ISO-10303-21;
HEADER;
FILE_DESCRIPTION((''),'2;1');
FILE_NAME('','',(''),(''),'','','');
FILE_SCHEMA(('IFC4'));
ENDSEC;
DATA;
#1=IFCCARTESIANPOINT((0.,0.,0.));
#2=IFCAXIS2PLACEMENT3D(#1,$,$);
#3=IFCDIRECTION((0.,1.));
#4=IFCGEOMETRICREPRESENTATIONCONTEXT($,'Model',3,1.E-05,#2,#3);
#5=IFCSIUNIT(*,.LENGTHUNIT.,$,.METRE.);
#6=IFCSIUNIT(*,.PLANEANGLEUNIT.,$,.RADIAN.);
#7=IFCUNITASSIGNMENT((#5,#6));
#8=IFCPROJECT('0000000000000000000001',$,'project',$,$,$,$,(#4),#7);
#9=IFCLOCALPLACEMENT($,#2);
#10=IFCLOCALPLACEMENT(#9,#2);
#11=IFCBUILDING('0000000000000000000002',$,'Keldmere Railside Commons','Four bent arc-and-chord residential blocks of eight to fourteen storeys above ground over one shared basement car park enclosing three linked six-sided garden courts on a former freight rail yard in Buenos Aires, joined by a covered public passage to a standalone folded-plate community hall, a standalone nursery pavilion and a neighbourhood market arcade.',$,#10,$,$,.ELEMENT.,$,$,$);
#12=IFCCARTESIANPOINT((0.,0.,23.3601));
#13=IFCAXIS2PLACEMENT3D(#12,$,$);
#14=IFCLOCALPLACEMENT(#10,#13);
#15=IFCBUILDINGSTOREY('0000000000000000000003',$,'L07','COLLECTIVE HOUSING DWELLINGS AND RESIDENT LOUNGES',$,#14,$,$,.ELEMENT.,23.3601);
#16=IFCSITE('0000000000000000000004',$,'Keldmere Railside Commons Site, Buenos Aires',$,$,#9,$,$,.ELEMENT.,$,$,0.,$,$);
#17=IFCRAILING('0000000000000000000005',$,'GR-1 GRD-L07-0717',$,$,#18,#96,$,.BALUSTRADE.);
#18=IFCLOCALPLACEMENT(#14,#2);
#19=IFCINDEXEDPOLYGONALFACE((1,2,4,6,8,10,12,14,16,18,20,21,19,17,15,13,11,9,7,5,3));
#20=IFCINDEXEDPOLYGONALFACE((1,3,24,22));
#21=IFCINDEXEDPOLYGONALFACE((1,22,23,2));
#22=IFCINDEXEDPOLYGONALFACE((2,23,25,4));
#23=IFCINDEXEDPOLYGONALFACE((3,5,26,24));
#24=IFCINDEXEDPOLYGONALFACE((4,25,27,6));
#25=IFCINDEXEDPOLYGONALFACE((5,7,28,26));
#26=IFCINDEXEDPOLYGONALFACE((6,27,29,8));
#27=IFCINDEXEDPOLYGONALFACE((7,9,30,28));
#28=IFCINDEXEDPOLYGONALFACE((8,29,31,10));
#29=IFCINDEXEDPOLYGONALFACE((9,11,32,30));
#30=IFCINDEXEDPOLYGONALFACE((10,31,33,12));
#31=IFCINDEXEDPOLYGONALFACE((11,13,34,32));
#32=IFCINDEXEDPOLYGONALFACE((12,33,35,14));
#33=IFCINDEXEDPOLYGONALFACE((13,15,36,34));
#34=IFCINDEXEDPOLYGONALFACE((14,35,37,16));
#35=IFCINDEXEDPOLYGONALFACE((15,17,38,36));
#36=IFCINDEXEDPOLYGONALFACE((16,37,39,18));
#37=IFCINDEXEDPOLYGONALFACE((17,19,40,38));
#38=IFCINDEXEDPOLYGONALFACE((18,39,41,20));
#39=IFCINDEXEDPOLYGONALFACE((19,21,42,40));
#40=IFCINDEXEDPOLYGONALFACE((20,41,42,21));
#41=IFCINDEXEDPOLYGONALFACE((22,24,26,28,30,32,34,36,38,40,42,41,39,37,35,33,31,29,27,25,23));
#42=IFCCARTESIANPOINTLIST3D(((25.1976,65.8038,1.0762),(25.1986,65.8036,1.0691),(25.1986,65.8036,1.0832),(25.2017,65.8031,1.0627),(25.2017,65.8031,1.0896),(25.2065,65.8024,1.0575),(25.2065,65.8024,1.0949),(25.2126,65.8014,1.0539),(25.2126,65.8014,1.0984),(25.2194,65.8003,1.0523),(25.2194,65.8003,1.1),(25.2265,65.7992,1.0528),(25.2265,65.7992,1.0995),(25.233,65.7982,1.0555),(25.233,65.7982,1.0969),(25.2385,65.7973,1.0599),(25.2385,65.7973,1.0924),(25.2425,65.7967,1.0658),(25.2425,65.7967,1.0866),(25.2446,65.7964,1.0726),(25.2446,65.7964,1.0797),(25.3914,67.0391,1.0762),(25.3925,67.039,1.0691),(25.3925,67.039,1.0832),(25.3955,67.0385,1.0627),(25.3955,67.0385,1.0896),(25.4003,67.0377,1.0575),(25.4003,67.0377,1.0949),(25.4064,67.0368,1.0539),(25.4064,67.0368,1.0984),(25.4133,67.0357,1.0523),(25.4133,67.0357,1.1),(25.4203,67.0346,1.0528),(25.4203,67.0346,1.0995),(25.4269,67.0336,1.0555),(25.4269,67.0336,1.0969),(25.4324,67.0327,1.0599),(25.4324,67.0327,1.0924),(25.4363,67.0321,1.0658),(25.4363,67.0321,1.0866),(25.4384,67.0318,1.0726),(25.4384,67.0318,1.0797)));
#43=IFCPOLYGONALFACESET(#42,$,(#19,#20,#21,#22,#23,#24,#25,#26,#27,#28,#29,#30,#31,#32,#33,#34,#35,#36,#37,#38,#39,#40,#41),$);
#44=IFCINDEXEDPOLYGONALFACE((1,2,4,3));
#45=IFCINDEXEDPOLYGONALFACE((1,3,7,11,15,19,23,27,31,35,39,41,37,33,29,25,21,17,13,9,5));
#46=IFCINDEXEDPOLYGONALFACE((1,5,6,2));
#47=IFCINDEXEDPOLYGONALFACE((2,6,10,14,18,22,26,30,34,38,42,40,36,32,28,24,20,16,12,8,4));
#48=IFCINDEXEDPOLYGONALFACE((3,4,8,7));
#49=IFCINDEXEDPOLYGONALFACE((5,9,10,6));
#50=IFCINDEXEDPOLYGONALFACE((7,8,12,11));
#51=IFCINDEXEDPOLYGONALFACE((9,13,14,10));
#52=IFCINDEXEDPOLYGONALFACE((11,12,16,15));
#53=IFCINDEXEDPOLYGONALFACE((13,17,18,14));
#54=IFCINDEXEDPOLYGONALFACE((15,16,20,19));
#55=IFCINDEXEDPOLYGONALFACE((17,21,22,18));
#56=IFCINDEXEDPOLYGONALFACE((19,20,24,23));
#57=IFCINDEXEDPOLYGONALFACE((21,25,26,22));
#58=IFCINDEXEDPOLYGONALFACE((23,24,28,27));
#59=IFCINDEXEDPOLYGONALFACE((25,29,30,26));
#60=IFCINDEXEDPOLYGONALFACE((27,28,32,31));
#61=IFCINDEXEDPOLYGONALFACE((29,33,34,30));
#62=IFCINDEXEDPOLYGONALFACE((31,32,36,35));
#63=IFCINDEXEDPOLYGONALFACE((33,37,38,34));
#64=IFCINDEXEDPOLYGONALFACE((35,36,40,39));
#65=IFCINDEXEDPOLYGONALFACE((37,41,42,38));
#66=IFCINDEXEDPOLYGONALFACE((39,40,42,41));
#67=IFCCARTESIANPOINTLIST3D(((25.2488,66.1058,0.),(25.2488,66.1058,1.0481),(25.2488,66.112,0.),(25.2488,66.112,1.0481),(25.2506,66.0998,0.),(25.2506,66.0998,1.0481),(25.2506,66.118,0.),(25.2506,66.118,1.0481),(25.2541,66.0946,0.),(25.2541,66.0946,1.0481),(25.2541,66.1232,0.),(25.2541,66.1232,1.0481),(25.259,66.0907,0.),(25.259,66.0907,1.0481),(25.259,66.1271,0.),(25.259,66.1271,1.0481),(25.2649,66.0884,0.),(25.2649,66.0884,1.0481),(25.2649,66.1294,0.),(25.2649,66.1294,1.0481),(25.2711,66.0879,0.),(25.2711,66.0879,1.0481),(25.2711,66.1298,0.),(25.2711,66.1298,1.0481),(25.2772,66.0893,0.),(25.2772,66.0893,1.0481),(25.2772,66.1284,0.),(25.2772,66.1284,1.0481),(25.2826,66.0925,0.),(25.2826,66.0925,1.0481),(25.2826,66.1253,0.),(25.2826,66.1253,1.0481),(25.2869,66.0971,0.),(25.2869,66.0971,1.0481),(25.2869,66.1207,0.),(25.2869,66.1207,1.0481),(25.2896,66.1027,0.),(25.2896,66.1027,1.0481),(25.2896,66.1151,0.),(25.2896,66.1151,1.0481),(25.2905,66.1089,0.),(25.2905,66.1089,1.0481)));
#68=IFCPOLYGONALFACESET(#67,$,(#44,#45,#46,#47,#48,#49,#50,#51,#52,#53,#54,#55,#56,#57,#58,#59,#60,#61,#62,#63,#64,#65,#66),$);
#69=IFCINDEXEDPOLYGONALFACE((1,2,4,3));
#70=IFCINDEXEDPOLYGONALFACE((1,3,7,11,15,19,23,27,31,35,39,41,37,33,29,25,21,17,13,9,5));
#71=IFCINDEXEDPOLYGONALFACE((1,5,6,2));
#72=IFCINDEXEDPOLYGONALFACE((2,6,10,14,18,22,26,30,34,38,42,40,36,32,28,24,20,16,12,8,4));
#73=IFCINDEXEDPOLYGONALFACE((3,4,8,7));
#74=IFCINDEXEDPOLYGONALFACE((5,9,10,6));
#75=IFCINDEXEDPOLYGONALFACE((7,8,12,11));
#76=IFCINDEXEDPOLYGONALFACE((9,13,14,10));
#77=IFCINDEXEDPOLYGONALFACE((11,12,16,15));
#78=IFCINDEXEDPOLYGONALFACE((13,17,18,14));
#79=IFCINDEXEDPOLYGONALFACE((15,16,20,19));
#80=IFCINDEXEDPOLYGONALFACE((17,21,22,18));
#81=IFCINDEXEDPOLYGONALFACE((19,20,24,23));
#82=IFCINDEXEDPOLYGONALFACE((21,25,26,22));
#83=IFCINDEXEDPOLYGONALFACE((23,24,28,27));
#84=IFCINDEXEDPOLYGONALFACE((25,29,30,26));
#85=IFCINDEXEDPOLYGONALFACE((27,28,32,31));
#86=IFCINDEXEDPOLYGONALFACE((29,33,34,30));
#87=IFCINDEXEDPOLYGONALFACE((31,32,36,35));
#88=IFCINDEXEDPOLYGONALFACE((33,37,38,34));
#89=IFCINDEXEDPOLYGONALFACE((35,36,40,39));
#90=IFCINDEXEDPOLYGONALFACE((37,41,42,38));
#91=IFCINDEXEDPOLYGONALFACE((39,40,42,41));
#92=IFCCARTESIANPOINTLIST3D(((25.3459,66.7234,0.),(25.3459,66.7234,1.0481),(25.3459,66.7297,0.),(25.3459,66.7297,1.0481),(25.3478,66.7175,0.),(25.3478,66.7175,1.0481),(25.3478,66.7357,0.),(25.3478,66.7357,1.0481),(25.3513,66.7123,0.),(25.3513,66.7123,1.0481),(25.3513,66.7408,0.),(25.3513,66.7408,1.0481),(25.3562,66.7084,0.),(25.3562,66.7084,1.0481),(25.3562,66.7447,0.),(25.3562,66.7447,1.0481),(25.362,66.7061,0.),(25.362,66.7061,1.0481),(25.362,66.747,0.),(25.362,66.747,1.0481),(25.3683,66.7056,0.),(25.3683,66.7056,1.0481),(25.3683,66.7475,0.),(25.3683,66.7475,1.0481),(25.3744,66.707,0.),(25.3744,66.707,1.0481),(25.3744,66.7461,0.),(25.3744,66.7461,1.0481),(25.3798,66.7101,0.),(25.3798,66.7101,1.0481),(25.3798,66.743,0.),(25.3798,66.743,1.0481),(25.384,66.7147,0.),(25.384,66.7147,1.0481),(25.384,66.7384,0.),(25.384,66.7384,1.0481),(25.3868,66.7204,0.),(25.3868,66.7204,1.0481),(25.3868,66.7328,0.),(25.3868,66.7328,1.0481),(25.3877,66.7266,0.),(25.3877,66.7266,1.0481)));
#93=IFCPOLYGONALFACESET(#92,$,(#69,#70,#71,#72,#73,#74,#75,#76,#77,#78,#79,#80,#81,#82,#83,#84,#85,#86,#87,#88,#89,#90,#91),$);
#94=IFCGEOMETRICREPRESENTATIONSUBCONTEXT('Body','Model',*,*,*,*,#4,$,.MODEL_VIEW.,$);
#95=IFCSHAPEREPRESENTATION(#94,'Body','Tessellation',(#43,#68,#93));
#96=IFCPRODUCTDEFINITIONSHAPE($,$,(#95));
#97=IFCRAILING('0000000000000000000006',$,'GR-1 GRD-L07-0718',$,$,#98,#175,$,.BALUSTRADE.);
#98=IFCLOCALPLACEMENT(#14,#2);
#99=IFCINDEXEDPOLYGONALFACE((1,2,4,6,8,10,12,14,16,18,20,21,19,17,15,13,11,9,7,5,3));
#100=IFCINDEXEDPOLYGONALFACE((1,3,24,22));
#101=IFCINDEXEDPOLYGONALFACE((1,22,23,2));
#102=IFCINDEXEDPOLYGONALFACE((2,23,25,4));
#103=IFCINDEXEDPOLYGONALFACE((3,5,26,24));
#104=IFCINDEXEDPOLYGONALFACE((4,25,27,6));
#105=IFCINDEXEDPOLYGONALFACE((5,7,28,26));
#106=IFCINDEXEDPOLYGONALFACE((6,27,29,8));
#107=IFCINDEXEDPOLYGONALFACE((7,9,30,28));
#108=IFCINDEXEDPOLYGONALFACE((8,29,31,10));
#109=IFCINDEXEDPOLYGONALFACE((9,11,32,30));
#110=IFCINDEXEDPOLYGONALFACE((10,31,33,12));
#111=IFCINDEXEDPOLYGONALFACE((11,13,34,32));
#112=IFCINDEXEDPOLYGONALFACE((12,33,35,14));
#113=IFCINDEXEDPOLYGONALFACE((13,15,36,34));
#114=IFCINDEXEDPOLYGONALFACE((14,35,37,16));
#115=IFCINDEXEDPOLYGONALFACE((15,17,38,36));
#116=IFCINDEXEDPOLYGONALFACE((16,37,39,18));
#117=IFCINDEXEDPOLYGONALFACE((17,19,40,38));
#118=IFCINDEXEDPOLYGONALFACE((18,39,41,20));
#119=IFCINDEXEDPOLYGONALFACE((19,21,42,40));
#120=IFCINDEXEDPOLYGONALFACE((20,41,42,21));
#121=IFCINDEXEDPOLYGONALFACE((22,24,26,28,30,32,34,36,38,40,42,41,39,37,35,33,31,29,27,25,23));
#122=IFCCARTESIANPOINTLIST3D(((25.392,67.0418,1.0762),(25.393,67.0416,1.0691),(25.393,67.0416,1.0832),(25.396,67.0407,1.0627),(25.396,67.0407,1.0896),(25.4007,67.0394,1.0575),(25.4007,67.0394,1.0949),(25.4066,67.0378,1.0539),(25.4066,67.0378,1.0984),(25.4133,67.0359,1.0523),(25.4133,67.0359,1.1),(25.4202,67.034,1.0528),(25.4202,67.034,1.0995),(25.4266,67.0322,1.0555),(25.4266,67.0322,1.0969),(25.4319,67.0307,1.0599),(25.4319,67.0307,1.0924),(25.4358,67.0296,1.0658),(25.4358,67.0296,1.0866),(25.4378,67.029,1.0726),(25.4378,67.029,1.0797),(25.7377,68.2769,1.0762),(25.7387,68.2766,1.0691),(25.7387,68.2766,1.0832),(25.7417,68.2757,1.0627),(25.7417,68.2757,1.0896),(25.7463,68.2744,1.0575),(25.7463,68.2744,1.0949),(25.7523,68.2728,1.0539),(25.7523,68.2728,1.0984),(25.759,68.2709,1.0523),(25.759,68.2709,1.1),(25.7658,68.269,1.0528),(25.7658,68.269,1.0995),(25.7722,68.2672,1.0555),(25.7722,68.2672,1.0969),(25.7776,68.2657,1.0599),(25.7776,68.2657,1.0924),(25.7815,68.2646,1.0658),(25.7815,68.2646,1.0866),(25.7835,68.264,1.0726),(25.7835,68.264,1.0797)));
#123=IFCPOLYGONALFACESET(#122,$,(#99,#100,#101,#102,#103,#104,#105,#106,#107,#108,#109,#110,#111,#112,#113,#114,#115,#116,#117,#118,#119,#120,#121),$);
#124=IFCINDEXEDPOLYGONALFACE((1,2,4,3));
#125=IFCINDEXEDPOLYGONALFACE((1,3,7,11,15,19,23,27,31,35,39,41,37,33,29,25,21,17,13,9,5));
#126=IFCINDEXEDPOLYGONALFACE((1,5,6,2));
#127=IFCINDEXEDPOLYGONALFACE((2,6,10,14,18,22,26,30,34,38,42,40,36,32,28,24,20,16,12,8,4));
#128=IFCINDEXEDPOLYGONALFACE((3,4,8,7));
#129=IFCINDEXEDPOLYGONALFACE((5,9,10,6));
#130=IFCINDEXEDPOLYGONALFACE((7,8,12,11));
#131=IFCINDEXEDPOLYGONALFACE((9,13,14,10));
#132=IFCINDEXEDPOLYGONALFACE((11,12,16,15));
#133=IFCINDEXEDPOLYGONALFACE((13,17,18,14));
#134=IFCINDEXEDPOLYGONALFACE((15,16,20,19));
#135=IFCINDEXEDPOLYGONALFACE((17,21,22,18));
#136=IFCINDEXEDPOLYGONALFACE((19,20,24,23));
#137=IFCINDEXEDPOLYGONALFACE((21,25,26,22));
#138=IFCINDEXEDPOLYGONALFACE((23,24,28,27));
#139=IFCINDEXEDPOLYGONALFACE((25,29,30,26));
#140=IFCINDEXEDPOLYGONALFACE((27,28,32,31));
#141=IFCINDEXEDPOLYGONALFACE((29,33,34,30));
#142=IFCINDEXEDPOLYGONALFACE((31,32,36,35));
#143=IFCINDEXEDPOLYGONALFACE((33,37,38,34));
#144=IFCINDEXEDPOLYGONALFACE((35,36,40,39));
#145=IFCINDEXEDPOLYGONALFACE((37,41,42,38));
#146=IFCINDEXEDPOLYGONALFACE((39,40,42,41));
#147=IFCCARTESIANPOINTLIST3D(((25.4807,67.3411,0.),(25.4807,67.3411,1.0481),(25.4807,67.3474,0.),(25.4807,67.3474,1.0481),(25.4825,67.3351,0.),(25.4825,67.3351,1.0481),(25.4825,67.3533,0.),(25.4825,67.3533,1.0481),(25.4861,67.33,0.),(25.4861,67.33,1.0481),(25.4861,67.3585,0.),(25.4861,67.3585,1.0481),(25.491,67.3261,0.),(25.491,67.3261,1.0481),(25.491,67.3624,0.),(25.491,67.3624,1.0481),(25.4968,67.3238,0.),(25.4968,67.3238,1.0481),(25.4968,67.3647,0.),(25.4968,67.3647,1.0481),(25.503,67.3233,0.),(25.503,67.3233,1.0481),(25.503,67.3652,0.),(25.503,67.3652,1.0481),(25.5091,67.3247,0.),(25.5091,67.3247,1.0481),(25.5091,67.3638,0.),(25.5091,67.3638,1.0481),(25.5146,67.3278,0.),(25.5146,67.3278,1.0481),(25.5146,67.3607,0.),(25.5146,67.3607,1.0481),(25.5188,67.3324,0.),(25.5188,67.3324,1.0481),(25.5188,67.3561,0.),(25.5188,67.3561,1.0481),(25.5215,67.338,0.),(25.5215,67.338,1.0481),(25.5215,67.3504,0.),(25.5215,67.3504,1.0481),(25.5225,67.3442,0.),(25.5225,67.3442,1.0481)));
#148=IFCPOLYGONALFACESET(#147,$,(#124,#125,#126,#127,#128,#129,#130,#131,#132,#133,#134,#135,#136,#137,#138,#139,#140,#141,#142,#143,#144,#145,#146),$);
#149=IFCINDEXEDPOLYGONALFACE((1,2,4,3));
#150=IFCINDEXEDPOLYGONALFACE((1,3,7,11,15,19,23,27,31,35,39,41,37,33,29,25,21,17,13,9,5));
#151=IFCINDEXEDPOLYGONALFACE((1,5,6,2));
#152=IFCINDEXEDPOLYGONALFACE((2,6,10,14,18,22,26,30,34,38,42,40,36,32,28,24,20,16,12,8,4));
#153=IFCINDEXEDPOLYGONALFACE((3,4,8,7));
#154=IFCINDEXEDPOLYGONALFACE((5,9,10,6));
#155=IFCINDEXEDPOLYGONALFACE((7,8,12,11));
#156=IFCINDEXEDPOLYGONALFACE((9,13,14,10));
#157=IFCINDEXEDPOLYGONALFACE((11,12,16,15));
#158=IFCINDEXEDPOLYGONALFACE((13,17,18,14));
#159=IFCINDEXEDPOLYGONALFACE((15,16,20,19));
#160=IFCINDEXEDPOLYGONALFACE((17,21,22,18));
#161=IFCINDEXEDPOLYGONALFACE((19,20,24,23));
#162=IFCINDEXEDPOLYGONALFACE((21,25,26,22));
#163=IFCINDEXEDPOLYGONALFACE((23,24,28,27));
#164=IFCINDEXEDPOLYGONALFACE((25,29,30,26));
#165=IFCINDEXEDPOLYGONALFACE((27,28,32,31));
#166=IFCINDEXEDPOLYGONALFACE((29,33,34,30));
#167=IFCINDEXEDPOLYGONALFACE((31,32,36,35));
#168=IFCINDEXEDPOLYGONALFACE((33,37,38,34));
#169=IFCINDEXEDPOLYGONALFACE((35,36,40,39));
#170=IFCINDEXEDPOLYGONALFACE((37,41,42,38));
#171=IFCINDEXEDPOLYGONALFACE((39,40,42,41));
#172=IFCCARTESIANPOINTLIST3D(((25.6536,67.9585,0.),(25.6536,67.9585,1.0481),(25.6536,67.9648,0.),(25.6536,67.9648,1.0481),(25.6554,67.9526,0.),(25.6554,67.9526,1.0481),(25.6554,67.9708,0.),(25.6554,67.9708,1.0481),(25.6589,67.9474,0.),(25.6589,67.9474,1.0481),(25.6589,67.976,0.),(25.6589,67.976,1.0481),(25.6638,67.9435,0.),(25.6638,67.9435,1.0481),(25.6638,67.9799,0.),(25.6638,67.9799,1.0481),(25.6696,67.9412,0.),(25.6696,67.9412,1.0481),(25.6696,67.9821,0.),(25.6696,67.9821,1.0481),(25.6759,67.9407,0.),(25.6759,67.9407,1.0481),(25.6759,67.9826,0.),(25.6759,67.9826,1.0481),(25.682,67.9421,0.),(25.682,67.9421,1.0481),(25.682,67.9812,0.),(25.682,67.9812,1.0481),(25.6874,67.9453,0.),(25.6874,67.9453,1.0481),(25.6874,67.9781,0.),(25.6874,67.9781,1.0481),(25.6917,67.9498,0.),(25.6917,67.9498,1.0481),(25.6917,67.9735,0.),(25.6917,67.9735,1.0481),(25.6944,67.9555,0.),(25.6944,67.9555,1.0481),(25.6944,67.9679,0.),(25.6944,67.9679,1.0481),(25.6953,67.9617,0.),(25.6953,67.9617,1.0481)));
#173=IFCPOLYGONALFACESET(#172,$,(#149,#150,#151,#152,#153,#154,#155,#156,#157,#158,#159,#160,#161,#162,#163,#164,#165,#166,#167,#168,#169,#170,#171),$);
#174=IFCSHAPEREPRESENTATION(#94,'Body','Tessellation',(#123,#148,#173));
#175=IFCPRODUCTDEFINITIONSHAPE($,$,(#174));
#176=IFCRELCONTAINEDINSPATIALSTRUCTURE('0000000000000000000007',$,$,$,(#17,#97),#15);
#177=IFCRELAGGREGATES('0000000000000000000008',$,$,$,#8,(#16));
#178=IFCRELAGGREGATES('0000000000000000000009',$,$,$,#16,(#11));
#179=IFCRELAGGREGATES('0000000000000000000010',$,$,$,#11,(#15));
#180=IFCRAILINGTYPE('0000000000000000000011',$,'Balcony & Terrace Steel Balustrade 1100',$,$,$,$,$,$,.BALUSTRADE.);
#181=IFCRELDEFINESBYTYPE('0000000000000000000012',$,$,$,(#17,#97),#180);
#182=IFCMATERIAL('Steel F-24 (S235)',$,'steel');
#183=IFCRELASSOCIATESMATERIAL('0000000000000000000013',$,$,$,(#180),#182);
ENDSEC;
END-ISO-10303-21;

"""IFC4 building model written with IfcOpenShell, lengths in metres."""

from ifc_helpers import new_model, si_unit, direction, frame, origin, origin_2d, place, context, subcontext, project, spatial, circle, extrude, material, type_object, element, save


model = new_model("IFC4")

# Units and contexts
model_context = context("Model", 3, precision=1e-05, world=origin(), true_north=direction((0.0, 1.0)))
body_context = subcontext(model_context, "Body", "Model", "MODEL_VIEW")
ifc_project = project(units=[si_unit("LENGTHUNIT", "METRE"), si_unit("PLANEANGLEUNIT", "RADIAN")], contexts=[model_context])

# Site, building, storey
site_placement = place(None, origin())
site = spatial("IfcSite", under=ifc_project, at=site_placement, Name="Keldmere Railside Commons Site, Buenos Aires", CompositionType="ELEMENT", RefElevation=0.0)
building_placement = place(site_placement, origin())
building = spatial("IfcBuilding", under=site, at=building_placement, Name="Keldmere Railside Commons", Description="Four bent arc-and-chord residential blocks of eight to fourteen storeys above ground over one shared basement car park enclosing three linked six-sided garden courts on a former freight rail yard in Buenos Aires, joined by a covered public passage to a standalone folded-plate community hall, a standalone nursery pavilion and a neighbourhood market arcade.", CompositionType="ELEMENT")
storey_placement = place(building_placement, frame((0.0, 0.0, 23.3601)))
storey = spatial("IfcBuildingStorey", under=building, at=storey_placement, Name="L07", Description="COLLECTIVE HOUSING DWELLINGS AND RESIDENT LOUNGES", CompositionType="ELEMENT", Elevation=23.3601)

# Railings
ifc_material = material(Name="Steel F-24 (S235)", Category="steel")
railing_type = type_object("IfcRailingType", Name="Balcony & Terrace Steel Balustrade 1100", PredefinedType="BALUSTRADE", material=ifc_material)
railing_1_placement = place(storey_placement, frame((25.2212, 65.8, 0.0)))
element("IfcRailing", 1, at=railing_1_placement, inside=storey, type_object=railing_type, Name="GR-1 GRD-L07-0717", PredefinedType="BALUSTRADE", context=body_context, shape_type="SweptSolid", body=[
    extrude(circle(Radius=0.0239, at=origin_2d()), frame((0.0, 0.0, 1.0762), z_axis=(0.15502, 0.987911, 0.0), x_axis=(-0.987911, 0.15502, 0.0)), (0.0, 0.0, 1.0), 1.2505),
    extrude(circle(Radius=0.021, at=origin_2d()), frame((0.0483, 0.3088, 0.0)), (0.0, 0.0, 1.0), 1.0481),
    extrude(circle(Radius=0.021, at=origin_2d()), frame((0.1455, 0.9265, 0.0)), (0.0, 0.0, 1.0), 1.0481),
])
railing_2_placement = place(storey_placement, frame((25.415, 67.0354, 0.0)))
element("IfcRailing", 2, at=railing_2_placement, inside=storey, type_object=railing_type, Name="GR-1 GRD-L07-0718", PredefinedType="BALUSTRADE", context=body_context, shape_type="SweptSolid", body=[
    extrude(circle(Radius=0.0239, at=origin_2d()), frame((0.0, 0.0, 1.0762), z_axis=(0.269538, 0.96299, 0.0), x_axis=(-0.96299, 0.269538, 0.0)), (0.0, 0.0, 1.0), 1.2825),
    extrude(circle(Radius=0.021, at=origin_2d()), frame((0.0864, 0.3088, 0.0)), (0.0, 0.0, 1.0), 1.0481),
    extrude(circle(Radius=0.021, at=origin_2d()), frame((0.2593, 0.9263, 0.0)), (0.0, 0.0, 1.0), 1.0481),
])

save(model, "model.ifc")
